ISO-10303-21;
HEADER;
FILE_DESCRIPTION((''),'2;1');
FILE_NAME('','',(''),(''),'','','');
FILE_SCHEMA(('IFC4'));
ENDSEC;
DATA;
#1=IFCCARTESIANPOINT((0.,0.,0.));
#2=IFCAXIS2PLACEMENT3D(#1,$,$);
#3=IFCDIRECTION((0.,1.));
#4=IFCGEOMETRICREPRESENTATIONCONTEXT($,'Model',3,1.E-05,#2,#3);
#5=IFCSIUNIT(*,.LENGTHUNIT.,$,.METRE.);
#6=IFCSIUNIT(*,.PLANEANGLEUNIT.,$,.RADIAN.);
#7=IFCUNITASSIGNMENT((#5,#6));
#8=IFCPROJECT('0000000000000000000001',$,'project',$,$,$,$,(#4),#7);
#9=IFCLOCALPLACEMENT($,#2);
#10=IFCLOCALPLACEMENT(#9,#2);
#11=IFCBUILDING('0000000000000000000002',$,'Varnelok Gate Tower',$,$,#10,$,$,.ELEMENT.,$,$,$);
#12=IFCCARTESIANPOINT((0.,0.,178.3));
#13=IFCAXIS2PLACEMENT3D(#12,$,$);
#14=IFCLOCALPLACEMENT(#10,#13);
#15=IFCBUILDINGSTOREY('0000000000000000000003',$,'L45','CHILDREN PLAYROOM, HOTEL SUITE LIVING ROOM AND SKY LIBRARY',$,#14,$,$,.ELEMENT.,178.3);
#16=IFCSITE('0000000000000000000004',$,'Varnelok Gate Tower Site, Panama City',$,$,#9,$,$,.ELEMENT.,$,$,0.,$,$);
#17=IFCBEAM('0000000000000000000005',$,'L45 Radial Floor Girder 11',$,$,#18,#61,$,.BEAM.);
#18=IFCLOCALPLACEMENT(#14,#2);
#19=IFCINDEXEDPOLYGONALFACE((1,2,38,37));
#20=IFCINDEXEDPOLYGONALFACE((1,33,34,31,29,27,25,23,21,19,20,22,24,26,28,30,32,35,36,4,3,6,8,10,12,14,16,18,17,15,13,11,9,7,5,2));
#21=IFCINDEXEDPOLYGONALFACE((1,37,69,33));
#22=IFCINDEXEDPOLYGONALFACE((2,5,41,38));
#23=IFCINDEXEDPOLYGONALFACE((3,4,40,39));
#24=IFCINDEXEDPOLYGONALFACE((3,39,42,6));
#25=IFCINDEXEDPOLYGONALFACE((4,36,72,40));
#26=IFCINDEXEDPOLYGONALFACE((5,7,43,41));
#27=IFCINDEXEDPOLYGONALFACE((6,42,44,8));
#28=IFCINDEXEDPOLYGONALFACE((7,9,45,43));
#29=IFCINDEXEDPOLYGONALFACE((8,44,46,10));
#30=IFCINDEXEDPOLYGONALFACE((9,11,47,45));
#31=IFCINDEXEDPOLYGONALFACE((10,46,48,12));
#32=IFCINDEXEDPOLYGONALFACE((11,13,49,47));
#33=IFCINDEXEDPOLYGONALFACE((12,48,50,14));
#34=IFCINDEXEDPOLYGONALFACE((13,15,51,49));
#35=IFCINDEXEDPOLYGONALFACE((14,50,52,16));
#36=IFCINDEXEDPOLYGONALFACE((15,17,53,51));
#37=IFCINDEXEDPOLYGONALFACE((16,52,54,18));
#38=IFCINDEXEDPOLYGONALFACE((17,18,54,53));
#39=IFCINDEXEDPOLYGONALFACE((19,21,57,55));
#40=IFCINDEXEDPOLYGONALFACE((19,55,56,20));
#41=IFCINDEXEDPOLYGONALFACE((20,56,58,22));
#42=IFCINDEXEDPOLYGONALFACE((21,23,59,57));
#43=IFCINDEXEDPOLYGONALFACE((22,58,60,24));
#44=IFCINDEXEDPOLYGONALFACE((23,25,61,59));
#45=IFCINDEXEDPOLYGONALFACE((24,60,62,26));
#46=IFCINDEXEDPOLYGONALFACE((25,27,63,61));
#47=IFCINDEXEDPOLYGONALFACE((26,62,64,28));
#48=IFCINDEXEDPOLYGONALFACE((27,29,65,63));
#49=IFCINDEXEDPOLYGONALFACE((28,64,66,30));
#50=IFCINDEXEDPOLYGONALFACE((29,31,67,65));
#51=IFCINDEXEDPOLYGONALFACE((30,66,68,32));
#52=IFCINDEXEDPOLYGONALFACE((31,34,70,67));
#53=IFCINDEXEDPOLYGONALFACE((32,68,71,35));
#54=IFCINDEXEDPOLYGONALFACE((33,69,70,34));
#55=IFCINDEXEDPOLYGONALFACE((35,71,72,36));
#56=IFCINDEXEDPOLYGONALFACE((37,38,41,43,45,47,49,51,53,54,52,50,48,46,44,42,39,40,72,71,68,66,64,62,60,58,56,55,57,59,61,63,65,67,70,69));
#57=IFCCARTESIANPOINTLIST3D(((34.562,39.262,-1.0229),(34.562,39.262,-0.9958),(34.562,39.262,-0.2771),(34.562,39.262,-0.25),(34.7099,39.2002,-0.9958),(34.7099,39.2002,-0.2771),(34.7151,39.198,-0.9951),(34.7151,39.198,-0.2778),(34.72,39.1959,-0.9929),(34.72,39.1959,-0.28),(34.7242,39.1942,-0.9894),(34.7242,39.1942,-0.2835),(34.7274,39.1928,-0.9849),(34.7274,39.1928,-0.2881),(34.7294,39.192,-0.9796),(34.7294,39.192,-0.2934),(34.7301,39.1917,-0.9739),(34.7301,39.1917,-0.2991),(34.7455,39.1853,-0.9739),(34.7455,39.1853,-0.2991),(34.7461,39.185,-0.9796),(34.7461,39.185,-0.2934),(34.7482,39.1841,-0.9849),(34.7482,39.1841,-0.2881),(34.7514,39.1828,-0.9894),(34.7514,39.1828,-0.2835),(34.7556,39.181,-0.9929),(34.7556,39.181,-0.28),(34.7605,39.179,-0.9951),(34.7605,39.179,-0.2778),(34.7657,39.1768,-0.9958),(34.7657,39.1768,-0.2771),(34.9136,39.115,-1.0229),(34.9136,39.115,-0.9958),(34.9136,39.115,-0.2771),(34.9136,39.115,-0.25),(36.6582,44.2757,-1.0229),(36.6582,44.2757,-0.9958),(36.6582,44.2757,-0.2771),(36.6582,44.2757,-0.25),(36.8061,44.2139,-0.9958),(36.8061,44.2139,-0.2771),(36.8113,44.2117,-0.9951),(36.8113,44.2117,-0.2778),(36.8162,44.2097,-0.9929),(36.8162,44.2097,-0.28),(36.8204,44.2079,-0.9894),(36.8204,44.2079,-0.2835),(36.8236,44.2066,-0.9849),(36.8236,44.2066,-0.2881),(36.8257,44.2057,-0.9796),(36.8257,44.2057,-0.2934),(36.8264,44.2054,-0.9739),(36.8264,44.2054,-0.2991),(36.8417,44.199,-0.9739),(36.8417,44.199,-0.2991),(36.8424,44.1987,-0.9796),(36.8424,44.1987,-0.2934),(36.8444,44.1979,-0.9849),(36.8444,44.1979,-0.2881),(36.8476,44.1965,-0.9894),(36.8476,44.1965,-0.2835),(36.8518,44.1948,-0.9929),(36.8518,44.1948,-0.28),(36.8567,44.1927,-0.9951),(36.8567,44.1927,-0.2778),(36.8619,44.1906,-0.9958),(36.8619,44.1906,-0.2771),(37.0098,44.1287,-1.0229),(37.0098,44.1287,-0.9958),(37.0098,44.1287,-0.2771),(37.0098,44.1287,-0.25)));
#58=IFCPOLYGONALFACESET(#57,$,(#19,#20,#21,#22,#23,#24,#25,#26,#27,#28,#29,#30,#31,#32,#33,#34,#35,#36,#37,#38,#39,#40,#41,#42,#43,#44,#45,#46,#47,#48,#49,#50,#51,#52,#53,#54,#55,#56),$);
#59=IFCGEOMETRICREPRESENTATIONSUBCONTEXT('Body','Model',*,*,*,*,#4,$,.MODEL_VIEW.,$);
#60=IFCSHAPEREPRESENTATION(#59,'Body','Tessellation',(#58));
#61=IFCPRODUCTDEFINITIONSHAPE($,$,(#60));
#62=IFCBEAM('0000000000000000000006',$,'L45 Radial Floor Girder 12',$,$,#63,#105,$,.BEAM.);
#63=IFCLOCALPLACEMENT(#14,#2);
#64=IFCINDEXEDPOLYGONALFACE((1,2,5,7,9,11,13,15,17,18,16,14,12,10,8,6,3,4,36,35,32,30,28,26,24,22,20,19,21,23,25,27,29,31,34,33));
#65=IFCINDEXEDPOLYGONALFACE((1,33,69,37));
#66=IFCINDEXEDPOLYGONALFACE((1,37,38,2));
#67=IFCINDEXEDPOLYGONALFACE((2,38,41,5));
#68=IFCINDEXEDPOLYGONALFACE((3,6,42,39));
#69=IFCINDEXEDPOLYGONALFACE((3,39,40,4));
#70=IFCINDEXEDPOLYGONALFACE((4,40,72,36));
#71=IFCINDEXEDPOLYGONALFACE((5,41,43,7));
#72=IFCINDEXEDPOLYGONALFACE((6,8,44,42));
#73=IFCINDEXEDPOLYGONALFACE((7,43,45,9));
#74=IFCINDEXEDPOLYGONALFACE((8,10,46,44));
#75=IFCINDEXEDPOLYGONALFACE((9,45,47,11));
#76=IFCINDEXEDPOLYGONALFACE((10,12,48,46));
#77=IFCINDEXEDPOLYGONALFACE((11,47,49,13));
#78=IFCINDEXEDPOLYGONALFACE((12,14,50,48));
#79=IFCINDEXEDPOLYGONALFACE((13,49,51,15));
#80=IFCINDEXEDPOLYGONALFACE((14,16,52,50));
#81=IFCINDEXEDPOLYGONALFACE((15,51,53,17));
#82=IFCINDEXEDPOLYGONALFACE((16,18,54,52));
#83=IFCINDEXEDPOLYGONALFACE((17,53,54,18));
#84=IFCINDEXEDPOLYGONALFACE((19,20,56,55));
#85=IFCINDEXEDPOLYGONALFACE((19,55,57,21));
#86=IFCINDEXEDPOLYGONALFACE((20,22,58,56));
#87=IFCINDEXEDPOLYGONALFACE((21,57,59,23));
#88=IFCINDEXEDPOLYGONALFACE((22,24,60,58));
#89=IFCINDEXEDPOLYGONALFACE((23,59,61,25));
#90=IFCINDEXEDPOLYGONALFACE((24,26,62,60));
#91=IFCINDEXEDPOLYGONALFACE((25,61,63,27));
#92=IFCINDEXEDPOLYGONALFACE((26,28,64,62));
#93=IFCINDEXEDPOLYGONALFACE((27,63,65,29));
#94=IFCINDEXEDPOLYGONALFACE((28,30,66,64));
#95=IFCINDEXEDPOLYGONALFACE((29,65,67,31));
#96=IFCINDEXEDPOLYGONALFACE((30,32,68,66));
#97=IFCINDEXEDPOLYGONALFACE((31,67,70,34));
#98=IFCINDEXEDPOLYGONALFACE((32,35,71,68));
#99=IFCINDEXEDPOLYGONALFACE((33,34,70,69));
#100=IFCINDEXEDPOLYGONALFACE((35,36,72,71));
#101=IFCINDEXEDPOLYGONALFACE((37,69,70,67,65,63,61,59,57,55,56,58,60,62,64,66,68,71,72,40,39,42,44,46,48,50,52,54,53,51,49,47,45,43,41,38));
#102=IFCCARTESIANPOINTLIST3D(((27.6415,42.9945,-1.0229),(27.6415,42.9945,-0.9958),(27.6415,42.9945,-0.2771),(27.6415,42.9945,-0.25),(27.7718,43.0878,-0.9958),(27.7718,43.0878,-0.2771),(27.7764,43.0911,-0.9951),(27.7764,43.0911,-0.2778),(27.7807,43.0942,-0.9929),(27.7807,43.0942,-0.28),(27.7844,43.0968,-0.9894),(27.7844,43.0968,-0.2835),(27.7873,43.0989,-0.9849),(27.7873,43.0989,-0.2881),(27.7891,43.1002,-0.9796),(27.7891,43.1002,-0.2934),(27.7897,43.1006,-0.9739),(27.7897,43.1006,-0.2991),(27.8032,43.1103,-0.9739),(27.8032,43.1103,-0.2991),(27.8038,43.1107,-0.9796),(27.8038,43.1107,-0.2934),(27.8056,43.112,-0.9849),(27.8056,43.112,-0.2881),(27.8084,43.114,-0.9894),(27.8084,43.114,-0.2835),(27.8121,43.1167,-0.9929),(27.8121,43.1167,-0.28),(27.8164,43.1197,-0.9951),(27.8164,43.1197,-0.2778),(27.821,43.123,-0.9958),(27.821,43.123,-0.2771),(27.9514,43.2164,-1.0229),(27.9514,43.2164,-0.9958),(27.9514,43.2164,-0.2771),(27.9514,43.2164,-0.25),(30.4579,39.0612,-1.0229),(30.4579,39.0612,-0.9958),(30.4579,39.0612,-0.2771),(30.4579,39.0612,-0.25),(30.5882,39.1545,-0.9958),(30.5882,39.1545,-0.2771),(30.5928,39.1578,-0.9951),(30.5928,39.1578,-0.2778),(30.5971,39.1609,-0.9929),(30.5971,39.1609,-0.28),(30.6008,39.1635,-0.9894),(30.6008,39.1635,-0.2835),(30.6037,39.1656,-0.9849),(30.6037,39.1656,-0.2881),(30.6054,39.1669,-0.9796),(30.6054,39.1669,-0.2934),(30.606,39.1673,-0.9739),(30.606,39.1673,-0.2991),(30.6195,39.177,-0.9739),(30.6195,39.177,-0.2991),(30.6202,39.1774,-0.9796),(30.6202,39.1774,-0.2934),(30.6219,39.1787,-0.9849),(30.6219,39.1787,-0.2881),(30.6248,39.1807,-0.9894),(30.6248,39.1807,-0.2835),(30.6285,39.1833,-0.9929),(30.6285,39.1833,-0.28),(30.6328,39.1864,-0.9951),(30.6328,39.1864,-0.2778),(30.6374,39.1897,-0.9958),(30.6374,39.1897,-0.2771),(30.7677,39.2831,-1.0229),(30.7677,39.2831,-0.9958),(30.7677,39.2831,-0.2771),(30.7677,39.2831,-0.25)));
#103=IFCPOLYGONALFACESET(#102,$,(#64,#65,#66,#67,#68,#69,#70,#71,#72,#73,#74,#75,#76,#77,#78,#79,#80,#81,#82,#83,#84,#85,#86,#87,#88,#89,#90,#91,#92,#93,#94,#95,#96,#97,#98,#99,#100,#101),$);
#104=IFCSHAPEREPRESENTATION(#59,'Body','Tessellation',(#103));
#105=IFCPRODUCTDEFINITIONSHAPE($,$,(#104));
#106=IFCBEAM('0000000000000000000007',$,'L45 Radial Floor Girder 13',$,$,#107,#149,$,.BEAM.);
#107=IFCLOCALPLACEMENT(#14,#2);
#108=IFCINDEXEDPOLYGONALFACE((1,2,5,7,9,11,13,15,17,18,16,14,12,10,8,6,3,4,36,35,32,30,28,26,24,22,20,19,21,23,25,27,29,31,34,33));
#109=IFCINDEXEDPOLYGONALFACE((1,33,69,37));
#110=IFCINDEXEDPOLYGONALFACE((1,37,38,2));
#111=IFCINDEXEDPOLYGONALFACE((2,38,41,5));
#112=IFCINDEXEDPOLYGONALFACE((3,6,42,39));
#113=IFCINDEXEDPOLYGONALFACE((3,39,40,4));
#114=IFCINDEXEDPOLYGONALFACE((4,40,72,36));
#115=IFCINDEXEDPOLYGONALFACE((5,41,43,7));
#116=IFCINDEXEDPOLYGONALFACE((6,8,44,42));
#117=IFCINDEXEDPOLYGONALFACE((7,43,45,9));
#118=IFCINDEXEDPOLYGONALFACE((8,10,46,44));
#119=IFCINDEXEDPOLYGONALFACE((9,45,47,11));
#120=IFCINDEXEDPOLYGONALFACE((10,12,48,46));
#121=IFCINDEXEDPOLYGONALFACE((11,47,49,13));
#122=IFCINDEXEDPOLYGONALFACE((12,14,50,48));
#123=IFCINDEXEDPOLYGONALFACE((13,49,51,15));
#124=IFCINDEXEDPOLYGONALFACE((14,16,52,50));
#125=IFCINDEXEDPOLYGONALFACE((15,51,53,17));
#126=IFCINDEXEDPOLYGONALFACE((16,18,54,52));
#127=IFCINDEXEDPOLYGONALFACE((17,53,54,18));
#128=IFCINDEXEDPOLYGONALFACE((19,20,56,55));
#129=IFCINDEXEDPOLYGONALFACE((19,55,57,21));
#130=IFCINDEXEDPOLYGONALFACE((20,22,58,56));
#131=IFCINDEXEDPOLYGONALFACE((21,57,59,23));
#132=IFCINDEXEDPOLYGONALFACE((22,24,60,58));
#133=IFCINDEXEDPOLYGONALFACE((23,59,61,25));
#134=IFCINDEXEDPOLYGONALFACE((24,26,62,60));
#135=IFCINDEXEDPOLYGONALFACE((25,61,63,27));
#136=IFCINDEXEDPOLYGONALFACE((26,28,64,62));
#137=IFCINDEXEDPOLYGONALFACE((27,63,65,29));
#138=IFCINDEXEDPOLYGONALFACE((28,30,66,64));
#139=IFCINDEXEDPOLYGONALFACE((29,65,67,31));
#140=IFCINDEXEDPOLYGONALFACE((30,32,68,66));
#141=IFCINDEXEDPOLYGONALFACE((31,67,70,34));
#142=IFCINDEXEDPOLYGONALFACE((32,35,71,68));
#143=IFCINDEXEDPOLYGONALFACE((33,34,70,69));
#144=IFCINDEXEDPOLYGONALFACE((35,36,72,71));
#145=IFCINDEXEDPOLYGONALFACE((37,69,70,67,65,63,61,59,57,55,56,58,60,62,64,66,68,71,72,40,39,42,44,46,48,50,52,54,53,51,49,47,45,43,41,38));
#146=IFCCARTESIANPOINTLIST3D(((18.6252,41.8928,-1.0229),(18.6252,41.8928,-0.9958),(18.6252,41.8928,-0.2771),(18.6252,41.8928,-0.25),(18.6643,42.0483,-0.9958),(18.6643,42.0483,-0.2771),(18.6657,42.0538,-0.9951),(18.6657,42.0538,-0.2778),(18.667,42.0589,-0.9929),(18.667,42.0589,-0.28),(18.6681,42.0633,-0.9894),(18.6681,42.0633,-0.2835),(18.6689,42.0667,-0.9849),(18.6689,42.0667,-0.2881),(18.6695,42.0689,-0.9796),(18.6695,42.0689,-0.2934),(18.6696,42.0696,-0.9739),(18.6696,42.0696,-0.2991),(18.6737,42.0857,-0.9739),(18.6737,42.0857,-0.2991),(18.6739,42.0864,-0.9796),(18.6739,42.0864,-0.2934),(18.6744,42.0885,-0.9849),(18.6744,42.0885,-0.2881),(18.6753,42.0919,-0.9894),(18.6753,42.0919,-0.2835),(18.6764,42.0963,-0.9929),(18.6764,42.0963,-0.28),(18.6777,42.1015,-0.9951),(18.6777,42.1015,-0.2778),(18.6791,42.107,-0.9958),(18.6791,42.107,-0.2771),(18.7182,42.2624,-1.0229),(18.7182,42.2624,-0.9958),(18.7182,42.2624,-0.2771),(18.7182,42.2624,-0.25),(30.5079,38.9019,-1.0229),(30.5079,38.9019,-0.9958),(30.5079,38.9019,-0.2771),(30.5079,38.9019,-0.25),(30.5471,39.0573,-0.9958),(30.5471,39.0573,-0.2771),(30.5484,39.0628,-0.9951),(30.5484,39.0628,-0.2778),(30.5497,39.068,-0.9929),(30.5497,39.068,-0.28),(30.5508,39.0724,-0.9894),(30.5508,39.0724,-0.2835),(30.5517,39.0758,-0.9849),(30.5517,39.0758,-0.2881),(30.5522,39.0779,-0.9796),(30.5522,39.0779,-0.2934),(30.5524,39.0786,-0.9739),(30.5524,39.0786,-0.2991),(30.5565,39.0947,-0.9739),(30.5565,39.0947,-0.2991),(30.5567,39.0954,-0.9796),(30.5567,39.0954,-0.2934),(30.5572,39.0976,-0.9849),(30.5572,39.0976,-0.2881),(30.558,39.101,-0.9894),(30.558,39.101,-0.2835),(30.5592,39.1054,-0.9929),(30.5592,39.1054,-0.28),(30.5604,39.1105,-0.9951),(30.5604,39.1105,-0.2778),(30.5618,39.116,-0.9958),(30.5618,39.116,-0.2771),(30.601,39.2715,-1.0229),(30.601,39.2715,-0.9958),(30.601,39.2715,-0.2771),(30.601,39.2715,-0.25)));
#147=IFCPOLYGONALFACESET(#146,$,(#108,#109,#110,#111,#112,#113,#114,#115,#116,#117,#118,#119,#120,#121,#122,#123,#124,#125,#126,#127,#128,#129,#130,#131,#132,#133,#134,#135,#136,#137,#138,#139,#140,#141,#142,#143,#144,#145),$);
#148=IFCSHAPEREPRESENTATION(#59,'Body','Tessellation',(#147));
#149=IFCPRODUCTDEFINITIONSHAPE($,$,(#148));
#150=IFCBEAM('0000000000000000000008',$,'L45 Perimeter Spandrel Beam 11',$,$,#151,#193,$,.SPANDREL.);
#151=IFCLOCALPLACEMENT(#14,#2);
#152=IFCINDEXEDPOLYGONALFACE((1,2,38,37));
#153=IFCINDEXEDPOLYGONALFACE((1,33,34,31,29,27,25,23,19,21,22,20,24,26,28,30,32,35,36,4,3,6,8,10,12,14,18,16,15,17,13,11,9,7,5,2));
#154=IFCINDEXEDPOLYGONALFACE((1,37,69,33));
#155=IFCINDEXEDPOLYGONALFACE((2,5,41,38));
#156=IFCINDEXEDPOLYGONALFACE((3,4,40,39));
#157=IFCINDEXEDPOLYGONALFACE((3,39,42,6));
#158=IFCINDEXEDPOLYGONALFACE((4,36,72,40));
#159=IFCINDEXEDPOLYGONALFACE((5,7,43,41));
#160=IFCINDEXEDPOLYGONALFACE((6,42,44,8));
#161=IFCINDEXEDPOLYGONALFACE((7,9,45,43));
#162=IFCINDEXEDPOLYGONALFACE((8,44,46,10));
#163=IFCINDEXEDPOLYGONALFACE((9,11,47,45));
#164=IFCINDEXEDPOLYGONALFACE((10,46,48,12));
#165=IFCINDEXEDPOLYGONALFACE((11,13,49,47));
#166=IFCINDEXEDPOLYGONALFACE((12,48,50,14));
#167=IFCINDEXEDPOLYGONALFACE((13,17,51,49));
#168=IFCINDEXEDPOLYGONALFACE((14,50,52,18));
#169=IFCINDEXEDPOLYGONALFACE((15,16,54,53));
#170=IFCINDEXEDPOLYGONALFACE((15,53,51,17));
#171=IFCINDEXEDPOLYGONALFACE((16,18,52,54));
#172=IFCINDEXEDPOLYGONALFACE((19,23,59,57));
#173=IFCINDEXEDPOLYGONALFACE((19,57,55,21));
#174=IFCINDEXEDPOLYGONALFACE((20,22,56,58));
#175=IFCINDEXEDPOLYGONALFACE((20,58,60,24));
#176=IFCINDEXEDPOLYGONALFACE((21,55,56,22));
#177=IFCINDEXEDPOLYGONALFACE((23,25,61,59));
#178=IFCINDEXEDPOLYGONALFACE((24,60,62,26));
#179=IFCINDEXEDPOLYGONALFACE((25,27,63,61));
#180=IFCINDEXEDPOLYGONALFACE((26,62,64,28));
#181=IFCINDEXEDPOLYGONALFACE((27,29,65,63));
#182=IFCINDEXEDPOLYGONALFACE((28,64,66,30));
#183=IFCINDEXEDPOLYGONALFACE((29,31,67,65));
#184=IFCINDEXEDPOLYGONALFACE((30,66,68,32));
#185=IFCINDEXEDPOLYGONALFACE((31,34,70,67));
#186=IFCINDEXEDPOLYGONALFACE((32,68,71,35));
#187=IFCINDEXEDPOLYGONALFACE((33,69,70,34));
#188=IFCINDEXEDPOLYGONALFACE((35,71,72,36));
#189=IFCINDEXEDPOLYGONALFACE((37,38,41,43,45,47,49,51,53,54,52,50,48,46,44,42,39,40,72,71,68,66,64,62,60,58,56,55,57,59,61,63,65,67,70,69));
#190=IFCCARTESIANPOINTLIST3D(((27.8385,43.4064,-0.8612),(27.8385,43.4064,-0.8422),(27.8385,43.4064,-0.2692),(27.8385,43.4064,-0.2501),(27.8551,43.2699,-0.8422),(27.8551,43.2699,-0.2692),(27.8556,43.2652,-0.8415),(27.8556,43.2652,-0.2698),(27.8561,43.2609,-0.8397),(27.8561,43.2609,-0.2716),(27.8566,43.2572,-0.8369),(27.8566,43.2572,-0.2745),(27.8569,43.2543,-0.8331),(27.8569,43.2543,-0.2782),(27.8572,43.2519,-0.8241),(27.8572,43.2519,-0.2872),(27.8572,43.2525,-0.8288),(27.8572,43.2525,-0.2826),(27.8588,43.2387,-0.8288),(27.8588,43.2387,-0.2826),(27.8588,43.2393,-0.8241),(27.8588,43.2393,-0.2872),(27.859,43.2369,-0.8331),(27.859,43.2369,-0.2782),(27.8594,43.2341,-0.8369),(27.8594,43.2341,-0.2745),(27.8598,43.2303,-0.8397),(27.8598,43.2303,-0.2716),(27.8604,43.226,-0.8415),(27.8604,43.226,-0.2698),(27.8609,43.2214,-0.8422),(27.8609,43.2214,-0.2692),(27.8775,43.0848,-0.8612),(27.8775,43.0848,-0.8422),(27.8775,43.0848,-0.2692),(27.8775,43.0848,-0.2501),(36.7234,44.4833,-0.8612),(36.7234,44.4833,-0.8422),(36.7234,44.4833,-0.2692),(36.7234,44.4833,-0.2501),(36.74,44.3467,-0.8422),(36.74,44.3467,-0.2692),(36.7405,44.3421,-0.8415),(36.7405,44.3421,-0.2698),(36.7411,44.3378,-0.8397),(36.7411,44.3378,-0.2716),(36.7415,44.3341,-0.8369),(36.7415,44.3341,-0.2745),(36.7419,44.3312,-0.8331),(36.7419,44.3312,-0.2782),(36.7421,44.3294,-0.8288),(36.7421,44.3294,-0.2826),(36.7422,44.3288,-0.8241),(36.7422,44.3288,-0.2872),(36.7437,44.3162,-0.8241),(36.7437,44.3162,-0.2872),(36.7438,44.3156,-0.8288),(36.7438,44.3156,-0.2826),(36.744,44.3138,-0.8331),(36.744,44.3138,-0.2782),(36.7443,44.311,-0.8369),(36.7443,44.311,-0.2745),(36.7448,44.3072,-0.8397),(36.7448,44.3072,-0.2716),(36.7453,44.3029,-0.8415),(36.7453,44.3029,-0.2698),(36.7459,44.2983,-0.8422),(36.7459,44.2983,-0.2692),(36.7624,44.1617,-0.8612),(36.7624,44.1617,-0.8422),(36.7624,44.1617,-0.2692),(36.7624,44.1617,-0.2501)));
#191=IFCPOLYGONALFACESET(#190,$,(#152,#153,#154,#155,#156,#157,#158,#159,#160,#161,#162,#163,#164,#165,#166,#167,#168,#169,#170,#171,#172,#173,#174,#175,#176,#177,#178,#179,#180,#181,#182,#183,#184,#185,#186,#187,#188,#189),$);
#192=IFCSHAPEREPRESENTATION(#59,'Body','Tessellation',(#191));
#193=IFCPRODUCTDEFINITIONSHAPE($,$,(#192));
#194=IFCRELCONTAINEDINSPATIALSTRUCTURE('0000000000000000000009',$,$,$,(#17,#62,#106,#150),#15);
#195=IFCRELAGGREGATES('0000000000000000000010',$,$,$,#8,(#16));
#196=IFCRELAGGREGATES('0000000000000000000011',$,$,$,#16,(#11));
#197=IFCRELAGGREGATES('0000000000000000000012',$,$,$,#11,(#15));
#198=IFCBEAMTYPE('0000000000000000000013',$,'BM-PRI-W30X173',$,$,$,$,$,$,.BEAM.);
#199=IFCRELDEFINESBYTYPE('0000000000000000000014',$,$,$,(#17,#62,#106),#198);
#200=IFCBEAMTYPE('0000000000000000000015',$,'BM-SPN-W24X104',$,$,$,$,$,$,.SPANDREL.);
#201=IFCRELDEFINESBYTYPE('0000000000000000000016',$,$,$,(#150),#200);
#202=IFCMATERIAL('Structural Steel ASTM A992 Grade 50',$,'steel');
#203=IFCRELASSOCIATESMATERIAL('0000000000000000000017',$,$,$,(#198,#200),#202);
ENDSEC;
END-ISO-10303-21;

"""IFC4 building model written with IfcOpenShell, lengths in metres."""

from ifc_helpers import new_model, si_unit, direction, frame, origin, origin_2d, place, context, subcontext, project, spatial, i_section, extrude, material, material_profile, profile_set, type_object, element, save


model = new_model("IFC4")

# Units and contexts
model_context = context("Model", 3, precision=1e-05, world=origin(), true_north=direction((0.0, 1.0)))
body_context = subcontext(model_context, "Body", "Model", "MODEL_VIEW")
ifc_project = project(units=[si_unit("LENGTHUNIT", "METRE"), si_unit("PLANEANGLEUNIT", "RADIAN")], contexts=[model_context])

# Site, building, storey
site_placement = place(None, origin())
site = spatial("IfcSite", under=ifc_project, at=site_placement, Name="Varnelok Gate Tower Site, Panama City", CompositionType="ELEMENT", RefElevation=0.0)
building_placement = place(site_placement, origin())
building = spatial("IfcBuilding", under=site, at=building_placement, Name="Varnelok Gate Tower", CompositionType="ELEMENT")
storey_placement = place(building_placement, frame((0.0, 0.0, 178.3)))
storey = spatial("IfcBuildingStorey", under=building, at=storey_placement, Name="L45", Description="CHILDREN PLAYROOM, HOTEL SUITE LIVING ROOM AND SKY LIBRARY", CompositionType="ELEMENT", Elevation=178.3)

# Shared definitions
ifc_material_1 = material(Name="Structural Steel ASTM A992 Grade 50", Category="steel")

# Beams
ifc_material_profile_1 = material_profile(ifc_material_1, i_section(OverallWidth=0.3811, OverallDepth=0.7729, WebThickness=0.0166, FlangeThickness=0.0271, FilletRadius=0.022, at=origin_2d()), Name="W30X173")
ifc_profile_set_1 = profile_set([ifc_material_profile_1], Name="Structural Steel ASTM A992 Grade 50")
beam_type_1 = type_object("IfcBeamType", Name="BM-PRI-W30X173", PredefinedType="BEAM", material=ifc_profile_set_1)
beam_1_placement = place(storey_placement, frame((34.7378, 39.1885, -0.6365), z_axis=(0.385738, 0.922608, 0.0), x_axis=(-0.922608, 0.385738, 0.0)))
element("IfcBeam", 1, at=beam_1_placement, inside=storey, type_object=beam_type_1, Name="L45 Radial Floor Girder 11", PredefinedType="BEAM", context=body_context, shape_type="SweptSolid", body=[
    extrude(i_section(OverallWidth=0.3811, OverallDepth=0.7729, WebThickness=0.0166, FlangeThickness=0.0271, FilletRadius=0.022, at=origin_2d()), origin(), (0.0, 0.0, 1.0), 5.4343),
])
beam_2_placement = place(storey_placement, frame((30.6128, 39.1721, -0.6365), z_axis=(-0.582178, 0.813061, 0.0), x_axis=(-0.813061, -0.582178, 0.0)))
element("IfcBeam", 2, at=beam_2_placement, inside=storey, type_object=beam_type_1, Name="L45 Radial Floor Girder 12", PredefinedType="BEAM", context=body_context, shape_type="SweptSolid", body=[
    extrude(i_section(OverallWidth=0.3811, OverallDepth=0.7729, WebThickness=0.0166, FlangeThickness=0.0271, FilletRadius=0.022, at=origin_2d()), origin(), (0.0, 0.0, 1.0), 4.8376),
])
beam_3_placement = place(storey_placement, frame((30.5544, 39.0867, -0.6365), z_axis=(-0.969752, 0.244092, 0.0), x_axis=(-0.244092, -0.969752, 0.0)))
element("IfcBeam", 3, at=beam_3_placement, inside=storey, type_object=beam_type_1, Name="L45 Radial Floor Girder 13", PredefinedType="BEAM", context=body_context, shape_type="SweptSolid", body=[
    extrude(i_section(OverallWidth=0.3811, OverallDepth=0.7729, WebThickness=0.0166, FlangeThickness=0.0271, FilletRadius=0.022, at=origin_2d()), origin(), (0.0, 0.0, 1.0), 12.2534),
])
ifc_material_profile_2 = material_profile(ifc_material_1, i_section(OverallWidth=0.324, OverallDepth=0.6111, WebThickness=0.0127, FlangeThickness=0.019, FilletRadius=0.0181, at=origin_2d()), Name="W24X104")
ifc_profile_set_2 = profile_set([ifc_material_profile_2], Name="Structural Steel ASTM A992 Grade 50")
beam_type_2 = type_object("IfcBeamType", Name="BM-SPN-W24X104", PredefinedType="SPANDREL", material=ifc_profile_set_2)
beam_4_placement = place(storey_placement, frame((36.7429, 44.3225, -0.5557), z_axis=(-0.992735, -0.120324, 0.0), x_axis=(0.120324, -0.992735, 0.0)))
element("IfcBeam", 4, at=beam_4_placement, inside=storey, type_object=beam_type_2, Name="L45 Perimeter Spandrel Beam 11", PredefinedType="SPANDREL", context=body_context, shape_type="SweptSolid", body=[
    extrude(i_section(OverallWidth=0.324, OverallDepth=0.6111, WebThickness=0.0127, FlangeThickness=0.019, FilletRadius=0.0181, at=origin_2d()), origin(), (0.0, 0.0, 1.0), 8.95),
])

save(model, "model.ifc")
